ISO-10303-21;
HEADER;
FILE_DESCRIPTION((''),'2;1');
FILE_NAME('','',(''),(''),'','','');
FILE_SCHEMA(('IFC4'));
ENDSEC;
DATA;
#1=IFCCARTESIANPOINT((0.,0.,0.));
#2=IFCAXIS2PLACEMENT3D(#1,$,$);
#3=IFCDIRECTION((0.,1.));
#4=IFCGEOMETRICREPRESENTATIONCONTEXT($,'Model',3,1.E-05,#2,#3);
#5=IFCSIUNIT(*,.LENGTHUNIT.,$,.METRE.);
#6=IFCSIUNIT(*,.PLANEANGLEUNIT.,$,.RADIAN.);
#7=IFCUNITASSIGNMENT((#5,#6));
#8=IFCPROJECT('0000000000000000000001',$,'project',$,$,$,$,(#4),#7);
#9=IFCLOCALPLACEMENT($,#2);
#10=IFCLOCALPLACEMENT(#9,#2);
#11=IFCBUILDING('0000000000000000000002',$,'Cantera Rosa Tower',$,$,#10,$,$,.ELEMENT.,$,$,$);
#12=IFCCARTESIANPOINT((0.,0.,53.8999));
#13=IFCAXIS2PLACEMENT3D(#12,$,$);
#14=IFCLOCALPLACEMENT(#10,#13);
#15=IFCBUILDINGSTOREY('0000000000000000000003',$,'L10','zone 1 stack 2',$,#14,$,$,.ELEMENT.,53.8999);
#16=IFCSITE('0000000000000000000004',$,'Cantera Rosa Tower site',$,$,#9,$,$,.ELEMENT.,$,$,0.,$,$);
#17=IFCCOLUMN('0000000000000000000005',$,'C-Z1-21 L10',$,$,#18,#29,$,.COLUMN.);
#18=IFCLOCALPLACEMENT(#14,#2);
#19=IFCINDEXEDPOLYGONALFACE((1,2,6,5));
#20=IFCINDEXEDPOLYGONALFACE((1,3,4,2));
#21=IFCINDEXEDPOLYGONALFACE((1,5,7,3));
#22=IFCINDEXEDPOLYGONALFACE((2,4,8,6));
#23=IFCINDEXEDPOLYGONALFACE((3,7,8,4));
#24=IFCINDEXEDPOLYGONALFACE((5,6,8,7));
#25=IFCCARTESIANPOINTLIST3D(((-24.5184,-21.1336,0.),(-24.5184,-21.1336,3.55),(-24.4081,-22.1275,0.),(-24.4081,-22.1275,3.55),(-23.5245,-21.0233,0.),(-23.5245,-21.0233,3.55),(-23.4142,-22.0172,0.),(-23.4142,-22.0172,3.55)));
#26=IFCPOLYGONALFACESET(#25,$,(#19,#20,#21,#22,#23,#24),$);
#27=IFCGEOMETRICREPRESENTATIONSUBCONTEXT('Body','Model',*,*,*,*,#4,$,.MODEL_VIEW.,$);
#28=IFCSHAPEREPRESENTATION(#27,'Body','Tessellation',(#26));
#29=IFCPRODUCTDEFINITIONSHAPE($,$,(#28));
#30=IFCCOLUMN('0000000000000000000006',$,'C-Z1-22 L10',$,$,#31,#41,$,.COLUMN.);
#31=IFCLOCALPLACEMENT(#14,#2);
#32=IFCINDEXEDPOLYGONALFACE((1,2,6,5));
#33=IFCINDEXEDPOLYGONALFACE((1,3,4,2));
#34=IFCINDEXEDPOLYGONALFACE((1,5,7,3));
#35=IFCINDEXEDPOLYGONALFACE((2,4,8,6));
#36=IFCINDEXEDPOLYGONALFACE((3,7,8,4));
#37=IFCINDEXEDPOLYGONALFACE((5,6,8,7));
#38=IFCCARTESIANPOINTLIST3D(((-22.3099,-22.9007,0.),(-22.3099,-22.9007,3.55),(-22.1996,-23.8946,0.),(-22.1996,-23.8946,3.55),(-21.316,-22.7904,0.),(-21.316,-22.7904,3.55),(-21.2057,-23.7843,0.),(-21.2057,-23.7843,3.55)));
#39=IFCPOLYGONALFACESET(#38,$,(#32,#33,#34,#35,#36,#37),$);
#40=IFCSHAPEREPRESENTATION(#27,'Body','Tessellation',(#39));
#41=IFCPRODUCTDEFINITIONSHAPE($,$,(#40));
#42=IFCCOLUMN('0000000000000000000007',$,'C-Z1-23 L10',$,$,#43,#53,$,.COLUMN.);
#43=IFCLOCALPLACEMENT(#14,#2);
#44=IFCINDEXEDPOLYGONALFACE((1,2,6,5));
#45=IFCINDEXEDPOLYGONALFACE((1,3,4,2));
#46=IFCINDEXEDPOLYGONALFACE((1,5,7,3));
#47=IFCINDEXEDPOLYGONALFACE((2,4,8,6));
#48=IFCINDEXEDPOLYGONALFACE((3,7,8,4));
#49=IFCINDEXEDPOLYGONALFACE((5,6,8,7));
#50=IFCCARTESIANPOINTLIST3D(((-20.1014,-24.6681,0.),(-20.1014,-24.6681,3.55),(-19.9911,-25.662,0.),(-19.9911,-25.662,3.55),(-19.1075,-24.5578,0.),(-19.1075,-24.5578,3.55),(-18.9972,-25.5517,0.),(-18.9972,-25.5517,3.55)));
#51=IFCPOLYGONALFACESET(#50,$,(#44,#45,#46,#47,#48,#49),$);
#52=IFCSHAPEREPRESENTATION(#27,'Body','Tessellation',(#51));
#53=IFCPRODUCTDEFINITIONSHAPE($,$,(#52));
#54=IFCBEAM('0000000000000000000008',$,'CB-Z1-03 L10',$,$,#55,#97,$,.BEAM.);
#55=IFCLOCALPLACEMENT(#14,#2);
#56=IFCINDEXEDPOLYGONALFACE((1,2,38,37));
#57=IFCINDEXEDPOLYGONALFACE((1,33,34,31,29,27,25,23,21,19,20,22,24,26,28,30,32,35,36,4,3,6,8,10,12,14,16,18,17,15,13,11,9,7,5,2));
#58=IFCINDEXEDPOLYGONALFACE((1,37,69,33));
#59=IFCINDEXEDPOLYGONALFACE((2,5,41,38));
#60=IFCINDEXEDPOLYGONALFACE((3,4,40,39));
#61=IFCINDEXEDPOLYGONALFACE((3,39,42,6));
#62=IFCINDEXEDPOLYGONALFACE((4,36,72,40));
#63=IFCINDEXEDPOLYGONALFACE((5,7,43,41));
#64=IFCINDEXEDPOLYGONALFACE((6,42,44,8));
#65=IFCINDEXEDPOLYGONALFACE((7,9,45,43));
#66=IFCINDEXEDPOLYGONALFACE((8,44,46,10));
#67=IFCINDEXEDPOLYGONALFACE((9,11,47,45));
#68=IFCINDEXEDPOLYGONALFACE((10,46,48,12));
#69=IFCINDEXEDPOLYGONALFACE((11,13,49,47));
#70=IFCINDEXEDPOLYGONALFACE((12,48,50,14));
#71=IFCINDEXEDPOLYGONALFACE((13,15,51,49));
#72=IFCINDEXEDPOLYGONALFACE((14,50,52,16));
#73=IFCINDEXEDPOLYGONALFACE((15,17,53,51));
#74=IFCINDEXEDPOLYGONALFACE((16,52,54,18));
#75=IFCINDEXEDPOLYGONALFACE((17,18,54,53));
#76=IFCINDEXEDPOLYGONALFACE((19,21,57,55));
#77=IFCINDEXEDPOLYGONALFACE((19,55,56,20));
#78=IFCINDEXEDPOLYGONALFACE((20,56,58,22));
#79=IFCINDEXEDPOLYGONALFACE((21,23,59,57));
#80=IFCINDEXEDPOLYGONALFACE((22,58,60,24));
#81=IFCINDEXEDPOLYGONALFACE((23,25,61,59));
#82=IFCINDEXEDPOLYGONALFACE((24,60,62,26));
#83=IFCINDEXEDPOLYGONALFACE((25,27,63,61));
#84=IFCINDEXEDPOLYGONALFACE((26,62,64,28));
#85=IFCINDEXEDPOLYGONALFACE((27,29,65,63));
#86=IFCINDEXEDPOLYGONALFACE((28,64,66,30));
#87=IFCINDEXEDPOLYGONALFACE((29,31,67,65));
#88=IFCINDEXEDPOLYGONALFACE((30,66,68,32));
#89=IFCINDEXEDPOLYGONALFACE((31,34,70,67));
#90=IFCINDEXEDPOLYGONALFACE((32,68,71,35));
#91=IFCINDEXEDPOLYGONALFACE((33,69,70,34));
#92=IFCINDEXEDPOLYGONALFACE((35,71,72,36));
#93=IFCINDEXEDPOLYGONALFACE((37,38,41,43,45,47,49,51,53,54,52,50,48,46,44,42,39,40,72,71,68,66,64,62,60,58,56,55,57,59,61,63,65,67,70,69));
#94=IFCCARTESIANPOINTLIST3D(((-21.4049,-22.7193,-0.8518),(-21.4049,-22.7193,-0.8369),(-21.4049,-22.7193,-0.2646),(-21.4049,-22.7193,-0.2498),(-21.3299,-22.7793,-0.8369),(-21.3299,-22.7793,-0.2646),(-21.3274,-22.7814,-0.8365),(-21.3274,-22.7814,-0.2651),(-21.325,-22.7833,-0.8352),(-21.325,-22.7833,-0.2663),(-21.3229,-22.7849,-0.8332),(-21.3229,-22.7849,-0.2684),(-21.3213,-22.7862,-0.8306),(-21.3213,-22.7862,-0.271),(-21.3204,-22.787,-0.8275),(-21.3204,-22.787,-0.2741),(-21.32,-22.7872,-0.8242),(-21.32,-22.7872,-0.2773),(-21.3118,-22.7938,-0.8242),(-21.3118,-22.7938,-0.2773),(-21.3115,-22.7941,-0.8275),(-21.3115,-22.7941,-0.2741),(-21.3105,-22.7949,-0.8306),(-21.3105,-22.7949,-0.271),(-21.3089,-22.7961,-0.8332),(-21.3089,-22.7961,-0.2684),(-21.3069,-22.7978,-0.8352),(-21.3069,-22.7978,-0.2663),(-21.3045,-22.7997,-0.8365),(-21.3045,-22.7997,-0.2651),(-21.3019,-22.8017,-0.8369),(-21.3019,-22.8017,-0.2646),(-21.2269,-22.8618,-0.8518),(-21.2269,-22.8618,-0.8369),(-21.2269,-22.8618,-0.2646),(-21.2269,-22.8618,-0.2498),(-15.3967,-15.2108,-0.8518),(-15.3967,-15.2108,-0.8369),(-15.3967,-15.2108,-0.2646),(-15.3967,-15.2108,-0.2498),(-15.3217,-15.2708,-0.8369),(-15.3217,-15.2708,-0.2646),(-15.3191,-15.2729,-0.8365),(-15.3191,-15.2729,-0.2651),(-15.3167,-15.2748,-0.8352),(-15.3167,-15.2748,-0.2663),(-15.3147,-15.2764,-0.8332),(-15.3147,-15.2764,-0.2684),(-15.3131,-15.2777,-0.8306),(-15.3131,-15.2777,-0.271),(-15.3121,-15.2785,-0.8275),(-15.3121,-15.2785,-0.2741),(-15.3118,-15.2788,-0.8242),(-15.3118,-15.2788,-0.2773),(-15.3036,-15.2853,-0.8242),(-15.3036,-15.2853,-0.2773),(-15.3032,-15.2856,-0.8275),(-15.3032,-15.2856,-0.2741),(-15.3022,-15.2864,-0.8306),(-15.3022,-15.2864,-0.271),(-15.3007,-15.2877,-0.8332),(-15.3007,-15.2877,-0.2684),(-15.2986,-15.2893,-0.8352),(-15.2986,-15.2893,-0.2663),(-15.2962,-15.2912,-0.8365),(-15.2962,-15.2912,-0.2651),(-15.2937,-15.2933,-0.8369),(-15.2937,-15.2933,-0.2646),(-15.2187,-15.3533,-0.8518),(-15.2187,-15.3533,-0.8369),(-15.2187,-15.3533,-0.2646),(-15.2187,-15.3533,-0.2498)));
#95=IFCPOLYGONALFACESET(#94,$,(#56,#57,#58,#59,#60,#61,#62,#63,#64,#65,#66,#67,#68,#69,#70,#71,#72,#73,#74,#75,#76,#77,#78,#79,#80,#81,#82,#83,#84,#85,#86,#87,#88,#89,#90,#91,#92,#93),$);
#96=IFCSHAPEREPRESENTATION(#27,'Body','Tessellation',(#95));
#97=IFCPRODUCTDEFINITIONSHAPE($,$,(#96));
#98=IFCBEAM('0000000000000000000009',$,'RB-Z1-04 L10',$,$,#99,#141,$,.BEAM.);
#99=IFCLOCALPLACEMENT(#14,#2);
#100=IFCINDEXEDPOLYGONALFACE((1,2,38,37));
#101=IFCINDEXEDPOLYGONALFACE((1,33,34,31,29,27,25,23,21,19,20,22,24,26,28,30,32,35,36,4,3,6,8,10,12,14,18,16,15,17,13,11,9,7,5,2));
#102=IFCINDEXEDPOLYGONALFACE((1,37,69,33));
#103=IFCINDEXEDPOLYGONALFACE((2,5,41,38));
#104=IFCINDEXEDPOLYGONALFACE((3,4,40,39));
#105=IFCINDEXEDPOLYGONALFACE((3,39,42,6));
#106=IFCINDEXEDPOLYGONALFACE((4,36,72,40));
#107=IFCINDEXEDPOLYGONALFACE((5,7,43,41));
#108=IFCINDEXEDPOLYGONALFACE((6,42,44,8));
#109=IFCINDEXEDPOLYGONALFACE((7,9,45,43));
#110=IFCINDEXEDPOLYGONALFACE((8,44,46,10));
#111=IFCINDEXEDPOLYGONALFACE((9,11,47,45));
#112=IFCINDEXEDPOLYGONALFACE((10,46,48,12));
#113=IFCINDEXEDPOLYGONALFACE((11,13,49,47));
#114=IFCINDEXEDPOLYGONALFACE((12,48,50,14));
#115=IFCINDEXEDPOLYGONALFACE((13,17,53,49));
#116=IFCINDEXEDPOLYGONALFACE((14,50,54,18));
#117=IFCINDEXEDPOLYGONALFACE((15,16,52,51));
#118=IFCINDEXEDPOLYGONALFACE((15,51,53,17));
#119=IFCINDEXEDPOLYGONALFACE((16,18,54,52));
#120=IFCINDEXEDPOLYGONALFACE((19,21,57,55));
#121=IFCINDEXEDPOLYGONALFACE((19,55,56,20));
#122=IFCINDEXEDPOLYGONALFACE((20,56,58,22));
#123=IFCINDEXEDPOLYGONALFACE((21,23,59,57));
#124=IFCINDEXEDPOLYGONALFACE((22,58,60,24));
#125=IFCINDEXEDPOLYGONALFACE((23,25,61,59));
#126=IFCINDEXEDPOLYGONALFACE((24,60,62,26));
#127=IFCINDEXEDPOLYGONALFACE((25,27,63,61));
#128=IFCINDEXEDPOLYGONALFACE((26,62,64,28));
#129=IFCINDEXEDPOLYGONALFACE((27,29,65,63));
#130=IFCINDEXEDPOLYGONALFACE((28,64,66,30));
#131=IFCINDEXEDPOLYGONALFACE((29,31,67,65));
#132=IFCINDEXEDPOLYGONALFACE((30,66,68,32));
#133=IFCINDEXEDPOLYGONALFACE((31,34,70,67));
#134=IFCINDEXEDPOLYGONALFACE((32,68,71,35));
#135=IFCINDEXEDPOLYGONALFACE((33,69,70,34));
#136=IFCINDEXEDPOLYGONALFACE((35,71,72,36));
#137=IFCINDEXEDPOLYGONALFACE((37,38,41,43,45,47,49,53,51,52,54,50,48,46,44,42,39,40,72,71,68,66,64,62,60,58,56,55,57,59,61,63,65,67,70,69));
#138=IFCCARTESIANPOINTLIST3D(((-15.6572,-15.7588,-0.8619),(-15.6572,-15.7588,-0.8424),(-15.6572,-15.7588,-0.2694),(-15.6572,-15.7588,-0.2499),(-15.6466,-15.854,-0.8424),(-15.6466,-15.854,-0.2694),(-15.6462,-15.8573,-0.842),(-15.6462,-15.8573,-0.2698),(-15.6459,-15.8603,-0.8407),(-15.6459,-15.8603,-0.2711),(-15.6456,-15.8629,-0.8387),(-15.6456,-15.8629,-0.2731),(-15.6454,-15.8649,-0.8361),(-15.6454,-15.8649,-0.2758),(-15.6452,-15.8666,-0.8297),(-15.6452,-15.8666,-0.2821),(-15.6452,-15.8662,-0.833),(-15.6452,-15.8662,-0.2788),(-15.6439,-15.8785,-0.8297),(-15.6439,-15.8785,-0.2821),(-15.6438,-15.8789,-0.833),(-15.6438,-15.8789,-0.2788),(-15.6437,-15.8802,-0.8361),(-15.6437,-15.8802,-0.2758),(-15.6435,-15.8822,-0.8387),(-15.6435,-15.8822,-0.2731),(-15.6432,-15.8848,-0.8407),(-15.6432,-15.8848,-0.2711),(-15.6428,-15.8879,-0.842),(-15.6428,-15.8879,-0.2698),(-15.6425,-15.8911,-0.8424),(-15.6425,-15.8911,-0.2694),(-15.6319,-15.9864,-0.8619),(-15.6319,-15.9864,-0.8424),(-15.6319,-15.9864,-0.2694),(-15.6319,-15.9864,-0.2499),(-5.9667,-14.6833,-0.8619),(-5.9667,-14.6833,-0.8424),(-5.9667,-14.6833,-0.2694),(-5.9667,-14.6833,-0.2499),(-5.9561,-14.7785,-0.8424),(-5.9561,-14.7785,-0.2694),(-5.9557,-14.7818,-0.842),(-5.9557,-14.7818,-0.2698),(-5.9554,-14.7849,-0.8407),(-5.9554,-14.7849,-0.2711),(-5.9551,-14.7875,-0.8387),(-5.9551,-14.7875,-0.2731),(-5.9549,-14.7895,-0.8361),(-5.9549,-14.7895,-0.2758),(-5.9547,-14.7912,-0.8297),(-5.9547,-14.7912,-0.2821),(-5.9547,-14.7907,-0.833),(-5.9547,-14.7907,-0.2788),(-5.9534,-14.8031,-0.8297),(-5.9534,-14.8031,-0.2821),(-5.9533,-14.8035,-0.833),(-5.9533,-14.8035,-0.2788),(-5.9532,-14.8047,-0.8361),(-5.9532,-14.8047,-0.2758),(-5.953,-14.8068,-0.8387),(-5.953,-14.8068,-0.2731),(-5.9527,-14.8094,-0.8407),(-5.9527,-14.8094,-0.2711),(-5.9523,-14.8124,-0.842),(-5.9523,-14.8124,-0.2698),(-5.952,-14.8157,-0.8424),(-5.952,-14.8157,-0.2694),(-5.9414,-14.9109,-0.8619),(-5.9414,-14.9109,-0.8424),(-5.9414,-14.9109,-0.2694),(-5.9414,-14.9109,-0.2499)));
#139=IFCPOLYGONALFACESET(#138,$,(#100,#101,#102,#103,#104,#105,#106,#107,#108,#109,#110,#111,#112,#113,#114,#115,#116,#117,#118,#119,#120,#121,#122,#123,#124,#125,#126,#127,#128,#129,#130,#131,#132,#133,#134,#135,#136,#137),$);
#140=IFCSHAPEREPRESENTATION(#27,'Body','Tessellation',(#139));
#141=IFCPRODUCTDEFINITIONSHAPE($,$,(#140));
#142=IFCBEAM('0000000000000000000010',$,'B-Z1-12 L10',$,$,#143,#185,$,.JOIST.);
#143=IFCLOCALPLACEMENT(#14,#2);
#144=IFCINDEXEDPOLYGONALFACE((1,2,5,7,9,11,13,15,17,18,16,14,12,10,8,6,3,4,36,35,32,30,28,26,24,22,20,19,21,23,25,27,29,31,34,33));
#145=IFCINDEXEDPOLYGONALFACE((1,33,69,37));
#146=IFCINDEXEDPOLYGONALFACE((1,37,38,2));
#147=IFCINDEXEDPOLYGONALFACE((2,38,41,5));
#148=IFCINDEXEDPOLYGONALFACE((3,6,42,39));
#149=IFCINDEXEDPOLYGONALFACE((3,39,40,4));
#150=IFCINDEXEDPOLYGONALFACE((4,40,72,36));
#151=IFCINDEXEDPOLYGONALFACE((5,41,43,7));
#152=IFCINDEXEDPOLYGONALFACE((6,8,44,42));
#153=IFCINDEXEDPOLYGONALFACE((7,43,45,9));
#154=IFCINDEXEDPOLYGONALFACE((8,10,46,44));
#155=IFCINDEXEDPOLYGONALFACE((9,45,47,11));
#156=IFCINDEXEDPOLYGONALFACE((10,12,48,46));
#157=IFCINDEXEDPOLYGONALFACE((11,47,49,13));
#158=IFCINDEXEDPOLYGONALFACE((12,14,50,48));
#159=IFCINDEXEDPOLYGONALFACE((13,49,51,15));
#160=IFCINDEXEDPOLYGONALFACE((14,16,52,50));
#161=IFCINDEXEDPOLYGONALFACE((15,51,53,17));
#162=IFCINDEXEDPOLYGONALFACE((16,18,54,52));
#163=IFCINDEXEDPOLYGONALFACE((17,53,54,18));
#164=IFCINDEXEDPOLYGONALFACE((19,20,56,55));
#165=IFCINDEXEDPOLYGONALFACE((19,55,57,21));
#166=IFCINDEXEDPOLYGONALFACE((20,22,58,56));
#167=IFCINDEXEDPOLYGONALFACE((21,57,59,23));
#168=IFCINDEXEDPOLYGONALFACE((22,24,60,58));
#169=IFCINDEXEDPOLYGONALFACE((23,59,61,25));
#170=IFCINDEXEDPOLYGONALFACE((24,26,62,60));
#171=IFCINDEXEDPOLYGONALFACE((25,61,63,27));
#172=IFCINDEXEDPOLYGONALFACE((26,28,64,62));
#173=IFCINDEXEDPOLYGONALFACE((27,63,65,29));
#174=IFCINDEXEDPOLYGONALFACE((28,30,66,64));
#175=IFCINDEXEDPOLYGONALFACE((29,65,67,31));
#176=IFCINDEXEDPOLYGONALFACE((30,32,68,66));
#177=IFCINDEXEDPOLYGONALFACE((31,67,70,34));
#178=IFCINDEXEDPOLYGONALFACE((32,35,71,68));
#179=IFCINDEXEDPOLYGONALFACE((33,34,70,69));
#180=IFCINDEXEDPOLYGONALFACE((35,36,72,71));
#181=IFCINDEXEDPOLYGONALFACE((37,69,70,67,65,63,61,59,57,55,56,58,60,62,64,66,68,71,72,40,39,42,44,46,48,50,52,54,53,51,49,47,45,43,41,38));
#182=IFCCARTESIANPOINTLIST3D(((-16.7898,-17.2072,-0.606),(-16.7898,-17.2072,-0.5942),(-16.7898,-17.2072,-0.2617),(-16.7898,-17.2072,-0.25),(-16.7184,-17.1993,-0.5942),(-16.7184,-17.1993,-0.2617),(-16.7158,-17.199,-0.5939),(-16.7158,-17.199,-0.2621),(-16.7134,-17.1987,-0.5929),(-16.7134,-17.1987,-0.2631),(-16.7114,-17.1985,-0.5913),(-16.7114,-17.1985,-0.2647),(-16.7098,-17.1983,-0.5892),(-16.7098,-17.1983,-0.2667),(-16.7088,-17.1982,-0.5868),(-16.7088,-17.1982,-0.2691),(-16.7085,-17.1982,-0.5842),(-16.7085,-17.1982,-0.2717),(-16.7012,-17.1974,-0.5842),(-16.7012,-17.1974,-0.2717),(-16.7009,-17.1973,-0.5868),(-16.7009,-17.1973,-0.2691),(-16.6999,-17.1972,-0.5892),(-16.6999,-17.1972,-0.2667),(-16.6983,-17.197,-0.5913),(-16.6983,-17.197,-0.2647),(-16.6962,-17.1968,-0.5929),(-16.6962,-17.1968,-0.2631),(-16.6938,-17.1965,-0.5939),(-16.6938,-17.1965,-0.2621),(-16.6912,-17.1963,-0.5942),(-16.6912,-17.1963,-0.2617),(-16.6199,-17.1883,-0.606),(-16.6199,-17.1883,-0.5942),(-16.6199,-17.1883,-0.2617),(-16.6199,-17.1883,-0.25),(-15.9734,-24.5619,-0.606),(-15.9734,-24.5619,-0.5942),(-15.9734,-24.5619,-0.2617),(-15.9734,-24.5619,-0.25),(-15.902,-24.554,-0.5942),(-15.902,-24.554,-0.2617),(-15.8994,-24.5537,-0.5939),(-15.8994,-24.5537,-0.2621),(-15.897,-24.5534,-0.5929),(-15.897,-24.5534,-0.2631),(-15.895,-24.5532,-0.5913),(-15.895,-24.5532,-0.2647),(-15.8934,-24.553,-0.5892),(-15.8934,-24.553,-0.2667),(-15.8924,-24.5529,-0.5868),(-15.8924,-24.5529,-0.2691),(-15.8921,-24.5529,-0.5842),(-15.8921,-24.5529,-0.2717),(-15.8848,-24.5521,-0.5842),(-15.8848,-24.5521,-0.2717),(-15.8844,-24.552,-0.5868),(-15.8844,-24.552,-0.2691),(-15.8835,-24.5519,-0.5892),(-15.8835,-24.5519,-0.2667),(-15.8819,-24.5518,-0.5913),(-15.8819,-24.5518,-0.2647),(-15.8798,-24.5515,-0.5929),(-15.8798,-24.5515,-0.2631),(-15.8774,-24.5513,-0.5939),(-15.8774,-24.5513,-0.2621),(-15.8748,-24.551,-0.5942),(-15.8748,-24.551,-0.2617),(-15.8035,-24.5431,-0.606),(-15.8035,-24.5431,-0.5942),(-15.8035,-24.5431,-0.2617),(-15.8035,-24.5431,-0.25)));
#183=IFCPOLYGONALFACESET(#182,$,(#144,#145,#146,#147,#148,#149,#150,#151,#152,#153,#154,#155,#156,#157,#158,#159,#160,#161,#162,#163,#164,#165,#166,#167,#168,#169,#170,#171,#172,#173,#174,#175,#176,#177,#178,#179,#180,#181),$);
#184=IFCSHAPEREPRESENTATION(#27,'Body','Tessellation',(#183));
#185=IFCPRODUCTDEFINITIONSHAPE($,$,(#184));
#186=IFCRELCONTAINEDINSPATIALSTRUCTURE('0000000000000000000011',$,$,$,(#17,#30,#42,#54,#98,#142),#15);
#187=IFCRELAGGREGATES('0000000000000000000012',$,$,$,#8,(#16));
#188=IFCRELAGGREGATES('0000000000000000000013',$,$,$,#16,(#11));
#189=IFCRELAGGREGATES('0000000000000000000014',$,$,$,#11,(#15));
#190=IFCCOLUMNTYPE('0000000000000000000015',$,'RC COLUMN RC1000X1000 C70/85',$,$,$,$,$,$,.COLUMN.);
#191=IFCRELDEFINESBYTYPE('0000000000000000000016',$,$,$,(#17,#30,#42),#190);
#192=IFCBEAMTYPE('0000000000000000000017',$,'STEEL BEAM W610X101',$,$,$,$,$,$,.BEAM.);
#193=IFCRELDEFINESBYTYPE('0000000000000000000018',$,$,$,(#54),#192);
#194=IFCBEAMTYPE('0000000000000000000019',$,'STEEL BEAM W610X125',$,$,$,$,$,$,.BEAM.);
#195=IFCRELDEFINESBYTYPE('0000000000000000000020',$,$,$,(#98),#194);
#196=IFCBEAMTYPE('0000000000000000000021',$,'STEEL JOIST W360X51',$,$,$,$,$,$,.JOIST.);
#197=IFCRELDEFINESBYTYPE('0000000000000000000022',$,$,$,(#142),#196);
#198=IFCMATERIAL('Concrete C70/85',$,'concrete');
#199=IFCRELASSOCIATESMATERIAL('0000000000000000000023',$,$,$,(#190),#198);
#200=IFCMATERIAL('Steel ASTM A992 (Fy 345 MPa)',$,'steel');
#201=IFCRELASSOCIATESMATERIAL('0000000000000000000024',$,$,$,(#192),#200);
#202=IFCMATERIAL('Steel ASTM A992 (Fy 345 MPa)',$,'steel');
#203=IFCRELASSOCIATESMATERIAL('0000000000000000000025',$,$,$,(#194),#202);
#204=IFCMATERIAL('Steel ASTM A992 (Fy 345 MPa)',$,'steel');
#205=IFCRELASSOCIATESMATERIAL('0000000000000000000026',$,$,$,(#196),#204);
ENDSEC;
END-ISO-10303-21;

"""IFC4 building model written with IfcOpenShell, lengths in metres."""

from ifc_helpers import new_model, si_unit, direction, frame, origin, origin_2d, place, context, subcontext, project, spatial, rectangle, i_section, extrude, material, material_profile, profile_set, type_object, element, save


model = new_model("IFC4")

# Units and contexts
model_context = context("Model", 3, precision=1e-05, world=origin(), true_north=direction((0.0, 1.0)))
body_context = subcontext(model_context, "Body", "Model", "MODEL_VIEW")
ifc_project = project(units=[si_unit("LENGTHUNIT", "METRE"), si_unit("PLANEANGLEUNIT", "RADIAN")], contexts=[model_context])

# Site, building, storey
site_placement = place(None, origin())
site = spatial("IfcSite", under=ifc_project, at=site_placement, Name="Cantera Rosa Tower site", CompositionType="ELEMENT", RefElevation=0.0)
building_placement = place(site_placement, origin())
building = spatial("IfcBuilding", under=site, at=building_placement, Name="Cantera Rosa Tower", CompositionType="ELEMENT")
storey_placement = place(building_placement, frame((0.0, 0.0, 53.8999)))
storey = spatial("IfcBuildingStorey", under=building, at=storey_placement, Name="L10", Description="zone 1 stack 2", CompositionType="ELEMENT", Elevation=53.8999)

# Columns
ifc_material_1 = material(Name="Concrete C70/85", Category="concrete")
ifc_material_profile_1 = material_profile(ifc_material_1, rectangle(XDim=1.0, YDim=1.0, at=origin_2d()), Name="RC COLUMN RC1000X1000 C70/85")
ifc_profile_set_1 = profile_set([ifc_material_profile_1], Name="Concrete C70/85")
column_type = type_object("IfcColumnType", Name="RC COLUMN RC1000X1000 C70/85", PredefinedType="COLUMN", material=ifc_profile_set_1)
for number, where, z_axis, x_axis, name in (
    (1, (-23.9663, -21.5754, 0.0), (0.0, 0.0, 1.0), (0.993897, 0.110313, 0.0), "C-Z1-21 L10"),
    (2, (-21.7578, -23.3425, 0.0), (0.0, 0.0, 1.0), (0.993897, 0.110313, 0.0), "C-Z1-22 L10"),
    (3, (-19.5493, -25.1099, 0.0), (0.0, 0.0, 1.0), (0.993897, 0.110313, 0.0), "C-Z1-23 L10"),
):
    element("IfcColumn", number, at=place(storey_placement, frame(where, z_axis=z_axis, x_axis=x_axis)), inside=storey, type_object=column_type, Name=name, PredefinedType="COLUMN", context=body_context, shape_type="SweptSolid", body=[
        extrude(rectangle(XDim=1.0, YDim=1.0, at=origin_2d()), origin(), (0.0, 0.0, 1.0), 3.55),
    ])

# Beams
ifc_material_2 = material(Name="Steel ASTM A992 (Fy 345 MPa)", Category="steel")
ifc_material_profile_2 = material_profile(ifc_material_2, i_section(OverallWidth=0.228, OverallDepth=0.6021, WebThickness=0.0105, FlangeThickness=0.0149, FilletRadius=0.0127, at=origin_2d()), Name="W610X101")
ifc_profile_set_2 = profile_set([ifc_material_profile_2], Name="Steel ASTM A992 (Fy 345 MPa)")
beam_type_1 = type_object("IfcBeamType", Name="STEEL BEAM W610X101", PredefinedType="BEAM", material=ifc_profile_set_2)
beam_1_placement = place(storey_placement, frame((-21.3159, -22.7905, -0.5508), z_axis=(0.624788, 0.780794, 0.0), x_axis=(-0.780794, 0.624788, 0.0)))
element("IfcBeam", 4, at=beam_1_placement, inside=storey, type_object=beam_type_1, Name="CB-Z1-03 L10", PredefinedType="BEAM", context=body_context, shape_type="SweptSolid", body=[
    extrude(i_section(OverallWidth=0.228, OverallDepth=0.6021, WebThickness=0.0105, FlangeThickness=0.0149, FilletRadius=0.0127, at=origin_2d()), origin(), (0.0, 0.0, 1.0), 9.6165),
])
ifc_material_3 = material(Name="Steel ASTM A992 (Fy 345 MPa)", Category="steel")
ifc_material_profile_3 = material_profile(ifc_material_3, i_section(OverallWidth=0.229, OverallDepth=0.6121, WebThickness=0.012, FlangeThickness=0.0195, FilletRadius=0.0127, at=origin_2d()), Name="W610X125")
ifc_profile_set_3 = profile_set([ifc_material_profile_3], Name="Steel ASTM A992 (Fy 345 MPa)")
beam_type_2 = type_object("IfcBeamType", Name="STEEL BEAM W610X125", PredefinedType="BEAM", material=ifc_profile_set_3)
beam_2_placement = place(storey_placement, frame((-15.6445, -15.8726, -0.5559), z_axis=(0.993898, 0.110302, 0.0), x_axis=(-0.110302, 0.993898, 0.0)))
element("IfcBeam", 5, at=beam_2_placement, inside=storey, type_object=beam_type_2, Name="RB-Z1-04 L10", PredefinedType="BEAM", context=body_context, shape_type="SweptSolid", body=[
    extrude(i_section(OverallWidth=0.229, OverallDepth=0.6121, WebThickness=0.012, FlangeThickness=0.0195, FilletRadius=0.0127, at=origin_2d()), origin(), (0.0, 0.0, 1.0), 9.75),
])
ifc_material_4 = material(Name="Steel ASTM A992 (Fy 345 MPa)", Category="steel")
ifc_material_profile_4 = material_profile(ifc_material_4, i_section(OverallWidth=0.1709, OverallDepth=0.356, WebThickness=0.0073, FlangeThickness=0.0117, FilletRadius=0.01, at=origin_2d()), Name="W360X51")
ifc_profile_set_4 = profile_set([ifc_material_profile_4], Name="Steel ASTM A992 (Fy 345 MPa)")
beam_type_3 = type_object("IfcBeamType", Name="STEEL JOIST W360X51", PredefinedType="JOIST", material=ifc_profile_set_4)
beam_3_placement = place(storey_placement, frame((-15.8884, -24.5525, -0.428), z_axis=(-0.110327, 0.993895, 0.0), x_axis=(-0.993895, -0.110327, 0.0)))
element("IfcBeam", 6, at=beam_3_placement, inside=storey, type_object=beam_type_3, Name="B-Z1-12 L10", PredefinedType="JOIST", context=body_context, shape_type="SweptSolid", body=[
    extrude(i_section(OverallWidth=0.1709, OverallDepth=0.356, WebThickness=0.0073, FlangeThickness=0.0117, FilletRadius=0.01, at=origin_2d()), origin(), (0.0, 0.0, 1.0), 7.3999),
])

save(model, "model.ifc")
